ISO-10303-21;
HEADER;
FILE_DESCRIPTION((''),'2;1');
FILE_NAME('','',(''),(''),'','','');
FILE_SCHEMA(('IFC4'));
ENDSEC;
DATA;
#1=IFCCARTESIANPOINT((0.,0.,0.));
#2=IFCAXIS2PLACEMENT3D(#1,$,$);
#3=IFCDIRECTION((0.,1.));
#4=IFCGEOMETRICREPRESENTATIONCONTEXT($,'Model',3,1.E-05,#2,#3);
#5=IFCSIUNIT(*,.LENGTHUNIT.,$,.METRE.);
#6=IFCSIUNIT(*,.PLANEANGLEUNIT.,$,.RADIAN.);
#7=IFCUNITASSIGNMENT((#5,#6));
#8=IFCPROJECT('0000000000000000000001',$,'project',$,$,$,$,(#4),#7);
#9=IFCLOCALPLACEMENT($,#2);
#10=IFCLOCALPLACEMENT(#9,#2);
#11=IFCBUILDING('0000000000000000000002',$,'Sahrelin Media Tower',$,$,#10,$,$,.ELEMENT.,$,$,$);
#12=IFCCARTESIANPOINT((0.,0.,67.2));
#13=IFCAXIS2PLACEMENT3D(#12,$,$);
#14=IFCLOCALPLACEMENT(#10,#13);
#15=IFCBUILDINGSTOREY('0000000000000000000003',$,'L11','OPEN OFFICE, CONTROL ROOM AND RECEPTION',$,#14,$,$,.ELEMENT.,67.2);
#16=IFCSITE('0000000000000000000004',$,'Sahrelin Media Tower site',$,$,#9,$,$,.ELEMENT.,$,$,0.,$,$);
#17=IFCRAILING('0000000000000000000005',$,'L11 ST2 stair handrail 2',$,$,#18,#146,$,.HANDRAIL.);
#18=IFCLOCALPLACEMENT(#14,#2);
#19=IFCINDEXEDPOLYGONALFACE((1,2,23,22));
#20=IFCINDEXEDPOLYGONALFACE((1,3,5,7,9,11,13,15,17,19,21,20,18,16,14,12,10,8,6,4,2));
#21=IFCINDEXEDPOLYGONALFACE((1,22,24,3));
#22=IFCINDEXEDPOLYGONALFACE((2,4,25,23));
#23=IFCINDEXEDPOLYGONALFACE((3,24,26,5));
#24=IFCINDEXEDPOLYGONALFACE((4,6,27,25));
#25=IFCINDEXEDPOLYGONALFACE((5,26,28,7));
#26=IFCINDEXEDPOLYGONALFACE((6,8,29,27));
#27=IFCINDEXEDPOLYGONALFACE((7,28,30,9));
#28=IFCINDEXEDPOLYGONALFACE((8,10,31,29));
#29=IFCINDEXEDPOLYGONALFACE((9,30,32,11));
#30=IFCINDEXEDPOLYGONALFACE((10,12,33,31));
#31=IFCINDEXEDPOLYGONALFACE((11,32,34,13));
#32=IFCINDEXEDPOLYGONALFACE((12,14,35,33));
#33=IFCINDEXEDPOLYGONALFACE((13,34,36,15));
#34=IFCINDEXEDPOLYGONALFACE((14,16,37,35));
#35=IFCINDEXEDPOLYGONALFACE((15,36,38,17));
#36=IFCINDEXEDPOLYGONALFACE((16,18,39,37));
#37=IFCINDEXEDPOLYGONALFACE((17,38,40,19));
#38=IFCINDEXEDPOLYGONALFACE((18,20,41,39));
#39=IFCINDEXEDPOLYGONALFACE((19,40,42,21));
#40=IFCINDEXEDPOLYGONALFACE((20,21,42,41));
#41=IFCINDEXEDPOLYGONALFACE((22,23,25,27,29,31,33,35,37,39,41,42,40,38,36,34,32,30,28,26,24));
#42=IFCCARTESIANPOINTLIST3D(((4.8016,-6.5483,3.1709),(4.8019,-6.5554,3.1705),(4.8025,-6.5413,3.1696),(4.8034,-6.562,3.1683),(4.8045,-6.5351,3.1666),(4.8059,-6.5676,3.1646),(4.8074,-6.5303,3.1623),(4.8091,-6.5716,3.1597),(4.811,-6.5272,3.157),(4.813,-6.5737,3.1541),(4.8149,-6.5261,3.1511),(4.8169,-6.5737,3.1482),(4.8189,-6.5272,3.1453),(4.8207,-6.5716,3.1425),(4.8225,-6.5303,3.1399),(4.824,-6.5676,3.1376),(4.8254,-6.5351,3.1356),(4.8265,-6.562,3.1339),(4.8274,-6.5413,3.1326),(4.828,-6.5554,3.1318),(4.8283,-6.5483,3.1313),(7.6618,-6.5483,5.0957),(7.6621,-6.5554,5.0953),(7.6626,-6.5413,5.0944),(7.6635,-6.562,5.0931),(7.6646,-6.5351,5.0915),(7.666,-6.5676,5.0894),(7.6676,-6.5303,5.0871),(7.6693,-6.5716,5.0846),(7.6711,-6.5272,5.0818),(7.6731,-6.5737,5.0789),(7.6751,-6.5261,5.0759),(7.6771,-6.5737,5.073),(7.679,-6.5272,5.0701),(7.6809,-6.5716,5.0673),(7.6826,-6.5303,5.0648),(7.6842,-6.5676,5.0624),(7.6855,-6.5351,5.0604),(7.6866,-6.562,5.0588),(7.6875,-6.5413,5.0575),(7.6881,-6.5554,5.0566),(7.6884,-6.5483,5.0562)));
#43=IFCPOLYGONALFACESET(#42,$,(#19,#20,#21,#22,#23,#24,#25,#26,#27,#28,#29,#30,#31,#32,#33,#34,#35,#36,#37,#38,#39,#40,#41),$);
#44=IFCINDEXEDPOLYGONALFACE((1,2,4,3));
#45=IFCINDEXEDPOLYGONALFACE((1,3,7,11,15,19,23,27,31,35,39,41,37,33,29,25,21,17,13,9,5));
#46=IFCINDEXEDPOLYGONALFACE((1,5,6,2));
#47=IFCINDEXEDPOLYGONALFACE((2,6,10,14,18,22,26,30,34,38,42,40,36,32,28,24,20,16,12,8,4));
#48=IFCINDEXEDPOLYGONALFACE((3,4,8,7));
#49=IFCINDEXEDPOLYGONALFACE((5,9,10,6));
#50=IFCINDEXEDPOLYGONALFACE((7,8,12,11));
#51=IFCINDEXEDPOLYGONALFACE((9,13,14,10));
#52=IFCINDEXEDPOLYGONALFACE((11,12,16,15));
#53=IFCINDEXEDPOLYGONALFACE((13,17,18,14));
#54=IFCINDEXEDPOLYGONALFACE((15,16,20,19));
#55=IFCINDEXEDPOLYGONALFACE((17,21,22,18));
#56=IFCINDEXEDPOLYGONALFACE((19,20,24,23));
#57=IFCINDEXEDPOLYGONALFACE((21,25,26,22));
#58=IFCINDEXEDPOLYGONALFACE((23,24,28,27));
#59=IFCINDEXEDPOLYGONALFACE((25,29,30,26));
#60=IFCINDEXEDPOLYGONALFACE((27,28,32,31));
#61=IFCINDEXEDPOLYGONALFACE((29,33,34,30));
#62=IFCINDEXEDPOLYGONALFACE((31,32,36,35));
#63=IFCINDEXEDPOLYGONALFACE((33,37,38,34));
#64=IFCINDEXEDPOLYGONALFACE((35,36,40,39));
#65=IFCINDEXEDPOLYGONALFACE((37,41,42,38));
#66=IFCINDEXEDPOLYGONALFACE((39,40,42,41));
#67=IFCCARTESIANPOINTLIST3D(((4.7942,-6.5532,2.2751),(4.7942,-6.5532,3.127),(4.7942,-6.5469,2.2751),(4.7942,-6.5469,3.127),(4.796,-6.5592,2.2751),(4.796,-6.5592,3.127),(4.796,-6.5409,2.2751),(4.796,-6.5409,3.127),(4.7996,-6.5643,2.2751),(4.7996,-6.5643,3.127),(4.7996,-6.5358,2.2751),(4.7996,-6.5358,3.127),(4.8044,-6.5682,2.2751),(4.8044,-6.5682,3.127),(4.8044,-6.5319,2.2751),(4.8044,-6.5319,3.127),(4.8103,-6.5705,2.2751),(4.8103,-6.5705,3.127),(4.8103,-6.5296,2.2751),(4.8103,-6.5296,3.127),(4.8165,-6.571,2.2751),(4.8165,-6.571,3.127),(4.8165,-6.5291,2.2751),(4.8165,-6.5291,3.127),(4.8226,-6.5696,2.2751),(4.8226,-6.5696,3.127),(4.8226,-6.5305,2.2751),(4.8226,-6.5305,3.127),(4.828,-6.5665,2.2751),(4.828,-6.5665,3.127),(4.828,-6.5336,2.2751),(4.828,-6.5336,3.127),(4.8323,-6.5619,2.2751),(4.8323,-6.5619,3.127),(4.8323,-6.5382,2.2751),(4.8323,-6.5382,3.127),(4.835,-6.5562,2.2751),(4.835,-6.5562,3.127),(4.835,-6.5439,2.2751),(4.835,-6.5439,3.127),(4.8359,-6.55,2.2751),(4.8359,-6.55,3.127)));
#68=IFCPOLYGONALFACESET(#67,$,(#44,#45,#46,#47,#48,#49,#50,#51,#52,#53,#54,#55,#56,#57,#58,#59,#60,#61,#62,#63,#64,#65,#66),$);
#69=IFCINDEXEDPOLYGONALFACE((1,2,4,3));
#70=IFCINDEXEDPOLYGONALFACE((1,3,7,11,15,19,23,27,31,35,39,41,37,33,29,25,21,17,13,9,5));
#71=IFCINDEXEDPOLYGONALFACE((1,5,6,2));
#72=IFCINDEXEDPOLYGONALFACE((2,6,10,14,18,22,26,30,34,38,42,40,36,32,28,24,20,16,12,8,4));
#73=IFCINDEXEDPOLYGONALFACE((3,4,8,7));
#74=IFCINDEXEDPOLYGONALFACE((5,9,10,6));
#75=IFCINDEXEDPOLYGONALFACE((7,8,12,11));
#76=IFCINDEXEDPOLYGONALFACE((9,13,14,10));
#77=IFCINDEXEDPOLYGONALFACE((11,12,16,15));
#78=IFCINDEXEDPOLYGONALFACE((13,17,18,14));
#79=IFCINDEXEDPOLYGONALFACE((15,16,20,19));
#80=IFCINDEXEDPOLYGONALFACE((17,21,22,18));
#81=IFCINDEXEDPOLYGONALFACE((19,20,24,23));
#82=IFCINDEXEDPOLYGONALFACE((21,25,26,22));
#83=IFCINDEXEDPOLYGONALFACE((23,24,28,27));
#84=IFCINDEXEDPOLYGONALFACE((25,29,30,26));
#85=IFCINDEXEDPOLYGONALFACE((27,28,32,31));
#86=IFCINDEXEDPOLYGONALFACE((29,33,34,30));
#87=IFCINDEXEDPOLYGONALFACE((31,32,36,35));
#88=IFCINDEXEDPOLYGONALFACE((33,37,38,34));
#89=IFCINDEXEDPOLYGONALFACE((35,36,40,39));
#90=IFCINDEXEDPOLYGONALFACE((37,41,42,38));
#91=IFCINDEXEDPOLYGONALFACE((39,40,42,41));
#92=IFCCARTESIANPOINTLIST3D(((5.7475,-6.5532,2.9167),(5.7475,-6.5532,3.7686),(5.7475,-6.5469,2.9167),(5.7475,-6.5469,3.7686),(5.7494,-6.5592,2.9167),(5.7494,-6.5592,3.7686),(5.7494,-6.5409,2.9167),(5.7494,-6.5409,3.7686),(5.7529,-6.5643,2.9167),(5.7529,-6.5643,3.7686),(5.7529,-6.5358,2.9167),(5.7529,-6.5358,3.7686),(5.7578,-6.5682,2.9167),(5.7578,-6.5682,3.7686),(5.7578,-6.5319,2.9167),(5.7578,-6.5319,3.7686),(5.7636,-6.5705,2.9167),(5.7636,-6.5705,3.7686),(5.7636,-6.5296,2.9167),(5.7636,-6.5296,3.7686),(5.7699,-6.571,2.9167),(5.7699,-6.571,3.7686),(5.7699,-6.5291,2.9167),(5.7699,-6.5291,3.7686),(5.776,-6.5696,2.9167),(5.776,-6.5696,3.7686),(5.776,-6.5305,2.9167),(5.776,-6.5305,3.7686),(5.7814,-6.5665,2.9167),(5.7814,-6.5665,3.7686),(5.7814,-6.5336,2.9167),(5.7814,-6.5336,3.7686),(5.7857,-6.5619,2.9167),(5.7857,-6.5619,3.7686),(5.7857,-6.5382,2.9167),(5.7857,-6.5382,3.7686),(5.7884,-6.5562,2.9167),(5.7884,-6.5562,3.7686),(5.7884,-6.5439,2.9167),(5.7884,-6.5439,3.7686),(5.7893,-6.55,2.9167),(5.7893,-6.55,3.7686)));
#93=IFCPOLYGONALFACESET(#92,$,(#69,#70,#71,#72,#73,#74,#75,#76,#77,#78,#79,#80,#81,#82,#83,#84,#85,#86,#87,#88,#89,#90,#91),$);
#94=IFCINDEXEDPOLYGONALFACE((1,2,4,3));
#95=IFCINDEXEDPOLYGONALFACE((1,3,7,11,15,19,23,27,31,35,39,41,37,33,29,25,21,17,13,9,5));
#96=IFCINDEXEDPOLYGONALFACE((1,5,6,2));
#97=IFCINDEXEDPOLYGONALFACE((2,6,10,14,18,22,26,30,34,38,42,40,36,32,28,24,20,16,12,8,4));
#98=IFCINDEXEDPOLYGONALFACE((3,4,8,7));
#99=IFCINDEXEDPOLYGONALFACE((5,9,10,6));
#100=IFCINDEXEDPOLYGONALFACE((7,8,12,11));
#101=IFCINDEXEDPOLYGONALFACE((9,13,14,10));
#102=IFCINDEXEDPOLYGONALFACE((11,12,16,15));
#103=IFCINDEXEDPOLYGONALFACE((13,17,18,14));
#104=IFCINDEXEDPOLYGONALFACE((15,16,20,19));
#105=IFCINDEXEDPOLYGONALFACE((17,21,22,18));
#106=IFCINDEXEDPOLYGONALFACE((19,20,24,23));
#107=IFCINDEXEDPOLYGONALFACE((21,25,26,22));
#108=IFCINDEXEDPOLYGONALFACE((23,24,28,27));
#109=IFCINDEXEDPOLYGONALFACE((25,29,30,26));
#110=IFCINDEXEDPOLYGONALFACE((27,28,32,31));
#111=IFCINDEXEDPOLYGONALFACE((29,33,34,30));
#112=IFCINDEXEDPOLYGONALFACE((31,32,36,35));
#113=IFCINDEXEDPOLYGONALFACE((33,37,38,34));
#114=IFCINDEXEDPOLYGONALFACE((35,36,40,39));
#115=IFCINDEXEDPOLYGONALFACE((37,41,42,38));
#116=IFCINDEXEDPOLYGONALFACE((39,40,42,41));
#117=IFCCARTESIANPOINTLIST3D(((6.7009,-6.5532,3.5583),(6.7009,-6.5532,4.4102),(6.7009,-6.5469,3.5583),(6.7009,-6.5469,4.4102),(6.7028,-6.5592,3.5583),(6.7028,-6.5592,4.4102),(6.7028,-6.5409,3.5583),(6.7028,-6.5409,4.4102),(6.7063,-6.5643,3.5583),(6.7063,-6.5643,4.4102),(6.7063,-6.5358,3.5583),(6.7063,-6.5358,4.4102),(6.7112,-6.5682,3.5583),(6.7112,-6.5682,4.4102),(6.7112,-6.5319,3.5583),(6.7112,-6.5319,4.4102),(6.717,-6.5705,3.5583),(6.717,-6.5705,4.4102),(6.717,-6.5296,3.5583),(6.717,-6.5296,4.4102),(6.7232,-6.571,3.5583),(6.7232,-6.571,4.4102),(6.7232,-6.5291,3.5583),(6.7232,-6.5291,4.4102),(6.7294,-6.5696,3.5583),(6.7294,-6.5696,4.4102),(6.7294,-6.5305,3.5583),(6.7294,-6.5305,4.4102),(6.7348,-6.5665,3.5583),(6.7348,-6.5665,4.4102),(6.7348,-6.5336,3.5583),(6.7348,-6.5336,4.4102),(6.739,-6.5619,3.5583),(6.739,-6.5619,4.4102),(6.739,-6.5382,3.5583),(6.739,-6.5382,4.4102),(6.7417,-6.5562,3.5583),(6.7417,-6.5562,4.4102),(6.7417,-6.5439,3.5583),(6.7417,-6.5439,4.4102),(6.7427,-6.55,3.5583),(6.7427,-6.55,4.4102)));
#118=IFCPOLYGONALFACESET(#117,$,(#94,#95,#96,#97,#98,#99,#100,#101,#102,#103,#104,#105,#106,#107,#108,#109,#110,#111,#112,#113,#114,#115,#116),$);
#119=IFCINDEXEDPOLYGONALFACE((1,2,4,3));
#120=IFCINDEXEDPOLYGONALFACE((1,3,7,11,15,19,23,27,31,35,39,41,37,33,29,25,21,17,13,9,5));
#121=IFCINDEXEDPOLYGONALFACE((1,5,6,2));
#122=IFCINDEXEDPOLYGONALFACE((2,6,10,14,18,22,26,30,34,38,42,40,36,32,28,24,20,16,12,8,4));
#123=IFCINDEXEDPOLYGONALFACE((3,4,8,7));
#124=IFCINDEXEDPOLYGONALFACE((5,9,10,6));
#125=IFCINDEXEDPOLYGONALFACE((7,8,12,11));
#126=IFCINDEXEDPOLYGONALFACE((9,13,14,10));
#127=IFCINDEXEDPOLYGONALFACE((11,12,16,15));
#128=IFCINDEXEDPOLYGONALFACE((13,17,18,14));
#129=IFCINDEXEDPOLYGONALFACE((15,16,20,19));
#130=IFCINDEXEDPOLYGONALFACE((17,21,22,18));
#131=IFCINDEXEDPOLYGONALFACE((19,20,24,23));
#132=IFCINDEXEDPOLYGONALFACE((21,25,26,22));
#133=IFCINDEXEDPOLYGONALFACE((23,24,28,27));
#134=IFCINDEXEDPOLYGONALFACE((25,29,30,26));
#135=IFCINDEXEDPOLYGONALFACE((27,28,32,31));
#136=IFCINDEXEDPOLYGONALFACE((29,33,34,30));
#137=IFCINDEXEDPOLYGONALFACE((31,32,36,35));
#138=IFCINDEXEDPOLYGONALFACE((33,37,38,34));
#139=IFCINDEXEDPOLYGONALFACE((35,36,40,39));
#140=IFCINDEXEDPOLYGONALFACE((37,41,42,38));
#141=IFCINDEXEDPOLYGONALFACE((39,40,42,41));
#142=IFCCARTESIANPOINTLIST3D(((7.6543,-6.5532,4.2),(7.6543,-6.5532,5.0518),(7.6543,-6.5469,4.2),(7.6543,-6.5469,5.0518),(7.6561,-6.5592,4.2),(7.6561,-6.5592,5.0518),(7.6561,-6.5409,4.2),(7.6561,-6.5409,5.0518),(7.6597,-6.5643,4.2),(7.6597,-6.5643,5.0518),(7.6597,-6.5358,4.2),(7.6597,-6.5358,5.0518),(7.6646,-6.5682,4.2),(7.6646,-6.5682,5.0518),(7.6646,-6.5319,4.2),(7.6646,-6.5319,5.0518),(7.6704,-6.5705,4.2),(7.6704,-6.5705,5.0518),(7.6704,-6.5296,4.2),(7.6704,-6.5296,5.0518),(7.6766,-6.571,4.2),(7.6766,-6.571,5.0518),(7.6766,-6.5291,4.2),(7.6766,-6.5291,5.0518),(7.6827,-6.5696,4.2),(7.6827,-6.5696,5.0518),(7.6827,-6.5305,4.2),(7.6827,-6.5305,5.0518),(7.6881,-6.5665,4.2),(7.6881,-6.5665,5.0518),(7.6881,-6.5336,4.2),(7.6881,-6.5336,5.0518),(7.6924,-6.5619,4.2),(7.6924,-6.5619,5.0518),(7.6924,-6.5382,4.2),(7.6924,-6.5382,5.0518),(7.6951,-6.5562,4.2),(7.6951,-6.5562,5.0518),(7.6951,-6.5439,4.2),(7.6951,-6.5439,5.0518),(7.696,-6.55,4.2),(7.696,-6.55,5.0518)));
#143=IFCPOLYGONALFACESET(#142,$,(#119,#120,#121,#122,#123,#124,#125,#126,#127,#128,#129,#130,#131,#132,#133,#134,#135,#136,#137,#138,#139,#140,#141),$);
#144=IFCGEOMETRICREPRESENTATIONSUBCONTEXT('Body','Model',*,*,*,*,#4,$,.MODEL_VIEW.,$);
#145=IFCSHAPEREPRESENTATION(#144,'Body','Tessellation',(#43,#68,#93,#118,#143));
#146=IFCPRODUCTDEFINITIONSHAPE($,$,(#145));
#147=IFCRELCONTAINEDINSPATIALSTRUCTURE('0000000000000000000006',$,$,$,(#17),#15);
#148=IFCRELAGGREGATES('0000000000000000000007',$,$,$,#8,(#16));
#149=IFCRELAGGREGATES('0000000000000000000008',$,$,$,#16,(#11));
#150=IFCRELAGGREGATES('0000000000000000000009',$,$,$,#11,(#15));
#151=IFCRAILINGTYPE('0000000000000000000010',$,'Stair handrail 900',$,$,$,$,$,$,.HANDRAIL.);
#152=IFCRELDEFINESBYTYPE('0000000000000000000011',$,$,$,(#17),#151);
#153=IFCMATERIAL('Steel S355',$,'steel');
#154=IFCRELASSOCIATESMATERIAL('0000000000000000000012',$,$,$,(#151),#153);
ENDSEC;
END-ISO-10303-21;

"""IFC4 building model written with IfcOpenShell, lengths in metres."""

from ifc_helpers import new_model, si_unit, direction, frame, origin, origin_2d, place, context, subcontext, project, spatial, circle, extrude, material, type_object, element, save


model = new_model("IFC4")

# Units and contexts
model_context = context("Model", 3, precision=1e-05, world=origin(), true_north=direction((0.0, 1.0)))
body_context = subcontext(model_context, "Body", "Model", "MODEL_VIEW")
ifc_project = project(units=[si_unit("LENGTHUNIT", "METRE"), si_unit("PLANEANGLEUNIT", "RADIAN")], contexts=[model_context])

# Site, building, storey
site_placement = place(None, origin())
site = spatial("IfcSite", under=ifc_project, at=site_placement, Name="Sahrelin Media Tower site", CompositionType="ELEMENT", RefElevation=0.0)
building_placement = place(site_placement, origin())
building = spatial("IfcBuilding", under=site, at=building_placement, Name="Sahrelin Media Tower", CompositionType="ELEMENT")
storey_placement = place(building_placement, frame((0.0, 0.0, 67.2)))
storey = spatial("IfcBuildingStorey", under=building, at=storey_placement, Name="L11", Description="OPEN OFFICE, CONTROL ROOM AND RECEPTION", CompositionType="ELEMENT", Elevation=67.2)

# Shared definitions
ifc_material_1 = material(Name="Steel S355", Category="steel")

# Railing
railing_type_1 = type_object("IfcRailingType", Name="Stair handrail 900", PredefinedType="HANDRAIL", material=ifc_material_1)
railing_1_placement = place(storey_placement, frame((4.8149, -6.55, 2.2751)))
element("IfcRailing", 1, at=railing_1_placement, inside=storey, type_object=railing_type_1, Name="L11 ST2 stair handrail 2", PredefinedType="HANDRAIL", context=body_context, shape_type="SweptSolid", body=[
    extrude(circle(Radius=0.0239, at=origin_2d()), frame((0.0, 0.0, 0.876), z_axis=(0.829624, 0.0, 0.558323), x_axis=(0.0, 1.0, 0.0)), (0.0, 0.0, 1.0), 3.4475),
    extrude(circle(Radius=0.021, at=origin_2d()), origin(), (0.0, 0.0, 1.0), 0.8518),
    extrude(circle(Radius=0.021, at=origin_2d()), frame((0.9534, 0.0, 0.6416)), (0.0, 0.0, 1.0), 0.8518),
    extrude(circle(Radius=0.021, at=origin_2d()), frame((1.9067, 0.0, 1.2832)), (0.0, 0.0, 1.0), 0.8518),
    extrude(circle(Radius=0.021, at=origin_2d()), frame((2.8601, 0.0, 1.9248)), (0.0, 0.0, 1.0), 0.8518),
])

save(model, "model.ifc")
